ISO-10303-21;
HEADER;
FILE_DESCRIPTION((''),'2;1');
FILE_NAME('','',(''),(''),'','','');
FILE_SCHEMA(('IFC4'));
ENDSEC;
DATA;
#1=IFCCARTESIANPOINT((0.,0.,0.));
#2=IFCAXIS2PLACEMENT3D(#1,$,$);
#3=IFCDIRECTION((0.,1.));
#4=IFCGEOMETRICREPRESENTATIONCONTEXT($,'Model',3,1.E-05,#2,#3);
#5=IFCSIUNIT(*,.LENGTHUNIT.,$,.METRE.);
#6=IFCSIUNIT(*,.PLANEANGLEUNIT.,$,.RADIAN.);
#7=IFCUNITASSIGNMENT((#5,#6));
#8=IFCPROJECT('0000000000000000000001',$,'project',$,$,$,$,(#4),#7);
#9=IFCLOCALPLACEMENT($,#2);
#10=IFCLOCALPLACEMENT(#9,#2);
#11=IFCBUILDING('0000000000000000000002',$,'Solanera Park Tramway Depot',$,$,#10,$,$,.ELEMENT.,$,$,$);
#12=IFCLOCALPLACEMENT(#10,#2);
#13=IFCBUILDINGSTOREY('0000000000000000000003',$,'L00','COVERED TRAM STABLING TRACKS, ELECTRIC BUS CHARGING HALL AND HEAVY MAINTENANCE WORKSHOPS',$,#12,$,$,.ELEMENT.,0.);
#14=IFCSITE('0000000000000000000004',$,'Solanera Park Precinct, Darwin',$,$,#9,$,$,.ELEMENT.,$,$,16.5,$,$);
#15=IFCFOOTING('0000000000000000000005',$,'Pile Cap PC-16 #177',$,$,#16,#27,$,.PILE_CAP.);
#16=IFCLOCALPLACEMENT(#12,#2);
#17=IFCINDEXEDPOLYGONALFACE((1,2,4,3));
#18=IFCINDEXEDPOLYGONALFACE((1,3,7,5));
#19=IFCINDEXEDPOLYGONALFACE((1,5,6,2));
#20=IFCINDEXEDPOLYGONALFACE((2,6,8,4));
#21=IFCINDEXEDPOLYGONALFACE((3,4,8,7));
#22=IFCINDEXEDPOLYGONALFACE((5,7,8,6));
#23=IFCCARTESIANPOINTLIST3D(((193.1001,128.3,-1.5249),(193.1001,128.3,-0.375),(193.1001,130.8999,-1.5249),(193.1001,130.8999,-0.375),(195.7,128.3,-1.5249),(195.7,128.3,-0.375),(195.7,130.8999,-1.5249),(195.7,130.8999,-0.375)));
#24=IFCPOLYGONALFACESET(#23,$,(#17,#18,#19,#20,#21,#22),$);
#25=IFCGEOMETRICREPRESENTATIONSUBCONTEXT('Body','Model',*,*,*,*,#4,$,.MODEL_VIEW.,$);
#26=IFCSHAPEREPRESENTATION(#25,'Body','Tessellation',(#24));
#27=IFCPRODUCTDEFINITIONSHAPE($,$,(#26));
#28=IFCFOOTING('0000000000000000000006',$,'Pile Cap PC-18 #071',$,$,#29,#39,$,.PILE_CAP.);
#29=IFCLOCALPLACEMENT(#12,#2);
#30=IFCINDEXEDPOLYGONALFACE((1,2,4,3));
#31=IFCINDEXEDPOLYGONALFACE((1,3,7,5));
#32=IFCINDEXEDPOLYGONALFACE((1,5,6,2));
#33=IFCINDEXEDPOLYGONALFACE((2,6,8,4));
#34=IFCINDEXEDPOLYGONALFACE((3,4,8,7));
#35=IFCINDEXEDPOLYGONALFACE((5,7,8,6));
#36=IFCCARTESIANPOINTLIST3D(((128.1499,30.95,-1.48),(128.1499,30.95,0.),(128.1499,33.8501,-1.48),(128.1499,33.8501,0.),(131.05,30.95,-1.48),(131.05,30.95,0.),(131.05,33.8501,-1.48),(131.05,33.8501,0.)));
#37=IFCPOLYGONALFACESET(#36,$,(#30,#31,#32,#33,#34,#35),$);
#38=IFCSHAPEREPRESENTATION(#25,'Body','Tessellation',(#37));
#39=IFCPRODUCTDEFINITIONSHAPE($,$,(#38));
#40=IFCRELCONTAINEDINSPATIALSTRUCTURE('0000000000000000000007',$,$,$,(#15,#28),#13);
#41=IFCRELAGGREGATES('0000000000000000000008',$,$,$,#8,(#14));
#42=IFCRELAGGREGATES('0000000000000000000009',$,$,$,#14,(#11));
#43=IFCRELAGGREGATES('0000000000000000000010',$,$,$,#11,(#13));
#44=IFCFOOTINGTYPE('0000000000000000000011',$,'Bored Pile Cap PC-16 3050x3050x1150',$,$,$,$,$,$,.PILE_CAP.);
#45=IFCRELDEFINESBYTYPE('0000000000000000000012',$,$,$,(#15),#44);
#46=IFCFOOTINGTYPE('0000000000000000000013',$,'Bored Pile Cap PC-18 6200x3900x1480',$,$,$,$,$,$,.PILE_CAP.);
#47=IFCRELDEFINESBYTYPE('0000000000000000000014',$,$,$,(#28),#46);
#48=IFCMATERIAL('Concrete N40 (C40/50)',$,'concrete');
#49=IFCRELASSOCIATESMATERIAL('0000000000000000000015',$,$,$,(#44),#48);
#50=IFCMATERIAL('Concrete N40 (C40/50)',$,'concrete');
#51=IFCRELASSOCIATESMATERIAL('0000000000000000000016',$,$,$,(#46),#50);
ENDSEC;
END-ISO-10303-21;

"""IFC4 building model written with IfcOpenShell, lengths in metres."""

from ifc_helpers import new_model, si_unit, direction, frame, origin, place, context, subcontext, project, spatial, polyline, outline, extrude, material, type_object, element, save


model = new_model("IFC4")

# Units and contexts
model_context = context("Model", 3, precision=1e-05, world=origin(), true_north=direction((0.0, 1.0)))
body_context = subcontext(model_context, "Body", "Model", "MODEL_VIEW")
ifc_project = project(units=[si_unit("LENGTHUNIT", "METRE"), si_unit("PLANEANGLEUNIT", "RADIAN")], contexts=[model_context])

# Site, building, storey
site_placement = place(None, origin())
site = spatial("IfcSite", under=ifc_project, at=site_placement, Name="Solanera Park Precinct, Darwin", CompositionType="ELEMENT", RefElevation=16.5)
building_placement = place(site_placement, origin())
building = spatial("IfcBuilding", under=site, at=building_placement, Name="Solanera Park Tramway Depot", CompositionType="ELEMENT")
storey_placement = place(building_placement, origin())
storey = spatial("IfcBuildingStorey", under=building, at=storey_placement, Name="L00", Description="COVERED TRAM STABLING TRACKS, ELECTRIC BUS CHARGING HALL AND HEAVY MAINTENANCE WORKSHOPS", CompositionType="ELEMENT", Elevation=0.0)

# Footings
ifc_material_1 = material(Name="Concrete N40 (C40/50)", Category="concrete")
footing_type_1 = type_object("IfcFootingType", Name="Bored Pile Cap PC-16 3050x3050x1150", PredefinedType="PILE_CAP", material=ifc_material_1)
footing_1_placement = place(storey_placement, frame((0.0, 0.0, -1.5249)))
element("IfcFooting", 1, at=footing_1_placement, inside=storey, type_object=footing_type_1, Name="Pile Cap PC-16 #177", PredefinedType="PILE_CAP", context=body_context, shape_type="SweptSolid", body=[
    extrude(outline(polyline([(195.7, 128.3), (195.7, 130.8999), (193.1001, 130.8999), (193.1001, 128.3), (195.7, 128.3)])), origin(), (0.0, 0.0, 1.0), 1.1499),
])
ifc_material_2 = material(Name="Concrete N40 (C40/50)", Category="concrete")
footing_type_2 = type_object("IfcFootingType", Name="Bored Pile Cap PC-18 6200x3900x1480", PredefinedType="PILE_CAP", material=ifc_material_2)
footing_2_placement = place(storey_placement, frame((0.0, 0.0, -1.48)))
element("IfcFooting", 2, at=footing_2_placement, inside=storey, type_object=footing_type_2, Name="Pile Cap PC-18 #071", PredefinedType="PILE_CAP", context=body_context, shape_type="SweptSolid", body=[
    extrude(outline(polyline([(131.05, 30.95), (131.05, 33.8501), (128.1499, 33.8501), (128.1499, 30.95), (131.05, 30.95)])), origin(), (0.0, 0.0, 1.0), 1.48),
])

save(model, "model.ifc")
